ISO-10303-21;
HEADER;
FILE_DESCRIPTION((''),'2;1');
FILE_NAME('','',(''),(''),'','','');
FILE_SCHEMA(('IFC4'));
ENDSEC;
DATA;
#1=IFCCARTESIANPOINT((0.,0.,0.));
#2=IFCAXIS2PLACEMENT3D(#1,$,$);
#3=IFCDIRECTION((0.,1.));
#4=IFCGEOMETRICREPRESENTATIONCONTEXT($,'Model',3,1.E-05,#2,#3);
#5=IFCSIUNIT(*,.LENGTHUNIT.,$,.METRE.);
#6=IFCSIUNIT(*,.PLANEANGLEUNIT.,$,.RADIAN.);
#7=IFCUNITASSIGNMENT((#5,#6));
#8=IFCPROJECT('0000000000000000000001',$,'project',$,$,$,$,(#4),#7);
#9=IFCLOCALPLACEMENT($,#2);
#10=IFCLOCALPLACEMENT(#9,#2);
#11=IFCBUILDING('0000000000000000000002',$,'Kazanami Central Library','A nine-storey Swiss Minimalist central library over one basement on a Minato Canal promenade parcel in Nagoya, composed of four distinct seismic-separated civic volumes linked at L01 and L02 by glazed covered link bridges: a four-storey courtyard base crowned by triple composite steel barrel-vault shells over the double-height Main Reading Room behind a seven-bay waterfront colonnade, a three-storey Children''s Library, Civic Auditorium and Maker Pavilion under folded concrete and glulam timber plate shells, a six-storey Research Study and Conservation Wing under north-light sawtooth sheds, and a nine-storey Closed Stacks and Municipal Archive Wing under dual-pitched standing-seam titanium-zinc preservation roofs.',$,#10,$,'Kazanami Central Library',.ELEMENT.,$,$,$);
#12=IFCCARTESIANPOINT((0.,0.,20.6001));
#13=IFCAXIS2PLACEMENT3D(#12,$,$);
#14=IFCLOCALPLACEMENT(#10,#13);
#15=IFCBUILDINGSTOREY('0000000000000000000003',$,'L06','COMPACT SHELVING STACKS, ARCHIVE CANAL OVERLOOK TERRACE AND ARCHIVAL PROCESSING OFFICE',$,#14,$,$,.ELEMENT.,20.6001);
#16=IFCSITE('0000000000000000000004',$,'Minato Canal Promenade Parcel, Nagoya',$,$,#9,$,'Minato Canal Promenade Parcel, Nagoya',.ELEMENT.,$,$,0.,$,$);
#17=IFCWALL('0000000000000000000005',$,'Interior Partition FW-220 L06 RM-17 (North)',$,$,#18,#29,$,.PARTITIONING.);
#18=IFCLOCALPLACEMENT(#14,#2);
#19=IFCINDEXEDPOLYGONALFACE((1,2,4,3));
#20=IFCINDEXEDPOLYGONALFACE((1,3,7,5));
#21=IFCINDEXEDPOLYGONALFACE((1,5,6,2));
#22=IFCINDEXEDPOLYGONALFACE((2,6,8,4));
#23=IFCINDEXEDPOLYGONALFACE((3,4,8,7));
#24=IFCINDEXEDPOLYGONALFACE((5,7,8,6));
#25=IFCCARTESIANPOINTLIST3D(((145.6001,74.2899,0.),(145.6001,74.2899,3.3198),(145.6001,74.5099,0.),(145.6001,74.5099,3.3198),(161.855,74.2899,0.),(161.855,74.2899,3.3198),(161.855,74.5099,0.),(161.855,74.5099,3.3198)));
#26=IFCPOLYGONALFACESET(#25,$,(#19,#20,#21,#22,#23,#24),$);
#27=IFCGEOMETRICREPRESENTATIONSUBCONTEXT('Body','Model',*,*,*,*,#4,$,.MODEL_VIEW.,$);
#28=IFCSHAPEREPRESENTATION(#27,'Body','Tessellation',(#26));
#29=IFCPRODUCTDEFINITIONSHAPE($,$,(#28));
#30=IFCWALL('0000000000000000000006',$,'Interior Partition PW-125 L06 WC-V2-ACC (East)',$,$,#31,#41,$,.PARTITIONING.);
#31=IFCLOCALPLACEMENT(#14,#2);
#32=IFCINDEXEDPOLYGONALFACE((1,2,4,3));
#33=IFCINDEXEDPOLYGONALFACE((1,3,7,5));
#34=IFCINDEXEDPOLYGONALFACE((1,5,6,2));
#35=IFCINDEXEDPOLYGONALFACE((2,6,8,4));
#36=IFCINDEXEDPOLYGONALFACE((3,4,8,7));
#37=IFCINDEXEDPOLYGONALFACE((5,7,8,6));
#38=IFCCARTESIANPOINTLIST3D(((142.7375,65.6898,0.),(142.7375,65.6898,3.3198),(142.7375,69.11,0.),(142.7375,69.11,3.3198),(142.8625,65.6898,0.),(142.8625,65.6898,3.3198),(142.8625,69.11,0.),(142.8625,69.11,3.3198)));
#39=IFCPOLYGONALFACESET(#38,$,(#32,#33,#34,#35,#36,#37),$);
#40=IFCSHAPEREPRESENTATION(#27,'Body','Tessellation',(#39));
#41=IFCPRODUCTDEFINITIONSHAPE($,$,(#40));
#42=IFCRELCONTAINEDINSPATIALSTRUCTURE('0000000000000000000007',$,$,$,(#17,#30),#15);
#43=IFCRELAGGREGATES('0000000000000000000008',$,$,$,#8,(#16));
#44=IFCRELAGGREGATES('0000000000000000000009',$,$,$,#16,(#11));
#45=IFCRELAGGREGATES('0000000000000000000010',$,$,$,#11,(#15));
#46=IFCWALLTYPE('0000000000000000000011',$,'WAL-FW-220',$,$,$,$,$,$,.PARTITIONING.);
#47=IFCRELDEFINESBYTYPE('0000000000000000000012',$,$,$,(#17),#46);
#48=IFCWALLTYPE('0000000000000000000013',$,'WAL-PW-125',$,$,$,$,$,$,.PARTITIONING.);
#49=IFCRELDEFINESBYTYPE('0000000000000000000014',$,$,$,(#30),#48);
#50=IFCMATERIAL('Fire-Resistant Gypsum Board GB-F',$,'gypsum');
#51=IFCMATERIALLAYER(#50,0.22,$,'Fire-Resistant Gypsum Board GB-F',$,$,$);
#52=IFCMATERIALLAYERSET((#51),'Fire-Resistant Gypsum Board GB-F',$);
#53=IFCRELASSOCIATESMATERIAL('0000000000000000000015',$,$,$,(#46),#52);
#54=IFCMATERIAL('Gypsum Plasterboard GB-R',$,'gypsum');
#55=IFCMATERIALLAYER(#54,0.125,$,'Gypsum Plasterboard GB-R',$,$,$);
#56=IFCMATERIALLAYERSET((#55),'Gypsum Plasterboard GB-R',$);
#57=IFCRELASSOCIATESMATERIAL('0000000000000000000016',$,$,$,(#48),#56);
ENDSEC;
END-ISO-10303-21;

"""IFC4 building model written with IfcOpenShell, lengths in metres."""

from ifc_helpers import new_model, si_unit, direction, frame, frame_2d, origin, place, context, subcontext, project, spatial, rectangle, extrude, material, layer, layer_set, type_object, element, save


model = new_model("IFC4")

# Units and contexts
model_context = context("Model", 3, precision=1e-05, world=origin(), true_north=direction((0.0, 1.0)))
body_context = subcontext(model_context, "Body", "Model", "MODEL_VIEW")
ifc_project = project(units=[si_unit("LENGTHUNIT", "METRE"), si_unit("PLANEANGLEUNIT", "RADIAN")], contexts=[model_context])

# Site, building, storey
site_placement = place(None, origin())
site = spatial("IfcSite", under=ifc_project, at=site_placement, Name="Minato Canal Promenade Parcel, Nagoya", LongName="Minato Canal Promenade Parcel, Nagoya", CompositionType="ELEMENT", RefElevation=0.0)
building_placement = place(site_placement, origin())
building = spatial("IfcBuilding", under=site, at=building_placement, Name="Kazanami Central Library", Description="A nine-storey Swiss Minimalist central library over one basement on a Minato Canal promenade parcel in Nagoya, composed of four distinct seismic-separated civic volumes linked at L01 and L02 by glazed covered link bridges: a four-storey courtyard base crowned by triple composite steel barrel-vault shells over the double-height Main Reading Room behind a seven-bay waterfront colonnade, a three-storey Children's Library, Civic Auditorium and Maker Pavilion under folded concrete and glulam timber plate shells, a six-storey Research Study and Conservation Wing under north-light sawtooth sheds, and a nine-storey Closed Stacks and Municipal Archive Wing under dual-pitched standing-seam titanium-zinc preservation roofs.", LongName="Kazanami Central Library", CompositionType="ELEMENT")
storey_placement = place(building_placement, frame((0.0, 0.0, 20.6001)))
storey = spatial("IfcBuildingStorey", under=building, at=storey_placement, Name="L06", Description="COMPACT SHELVING STACKS, ARCHIVE CANAL OVERLOOK TERRACE AND ARCHIVAL PROCESSING OFFICE", CompositionType="ELEMENT", Elevation=20.6001)

# Shared definitions
ifc_material_1 = material(Name="Fire-Resistant Gypsum Board GB-F", Category="gypsum")

# Walls
ifc_layer_1 = layer(ifc_material_1, 0.22, Name="Fire-Resistant Gypsum Board GB-F")
ifc_layer_set_1 = layer_set([ifc_layer_1], Name="Fire-Resistant Gypsum Board GB-F")
wall_type_1 = type_object("IfcWallType", Name="WAL-FW-220", PredefinedType="PARTITIONING", material=ifc_layer_set_1)
wall_1_placement = place(storey_placement, frame((145.6001, 74.3999, 0.0), z_axis=(0.0, 0.0, 1.0), x_axis=(1.0, 0.0, 0.0)))
element("IfcWall", 1, at=wall_1_placement, inside=storey, type_object=wall_type_1, Name="Interior Partition FW-220 L06 RM-17 (North)", PredefinedType="PARTITIONING", context=body_context, shape_type="SweptSolid", body=[
    extrude(rectangle(XDim=16.2549, YDim=0.22, at=frame_2d((8.1274, 0.0))), origin(), (0.0, 0.0, 1.0), 3.3198),
])
ifc_material_2 = material(Name="Gypsum Plasterboard GB-R", Category="gypsum")
ifc_layer_2 = layer(ifc_material_2, 0.125, Name="Gypsum Plasterboard GB-R")
ifc_layer_set_2 = layer_set([ifc_layer_2], Name="Gypsum Plasterboard GB-R")
wall_type_2 = type_object("IfcWallType", Name="WAL-PW-125", PredefinedType="PARTITIONING", material=ifc_layer_set_2)
wall_2_placement = place(storey_placement, frame((142.8, 65.6899, 0.0), z_axis=(0.0, 0.0, 1.0), x_axis=(0.0, 1.0, 0.0)))
element("IfcWall", 2, at=wall_2_placement, inside=storey, type_object=wall_type_2, Name="Interior Partition PW-125 L06 WC-V2-ACC (East)", PredefinedType="PARTITIONING", context=body_context, shape_type="SweptSolid", body=[
    extrude(rectangle(XDim=3.4202, YDim=0.125, at=frame_2d((1.71, 0.0))), origin(), (0.0, 0.0, 1.0), 3.3198),
])

save(model, "model.ifc")
